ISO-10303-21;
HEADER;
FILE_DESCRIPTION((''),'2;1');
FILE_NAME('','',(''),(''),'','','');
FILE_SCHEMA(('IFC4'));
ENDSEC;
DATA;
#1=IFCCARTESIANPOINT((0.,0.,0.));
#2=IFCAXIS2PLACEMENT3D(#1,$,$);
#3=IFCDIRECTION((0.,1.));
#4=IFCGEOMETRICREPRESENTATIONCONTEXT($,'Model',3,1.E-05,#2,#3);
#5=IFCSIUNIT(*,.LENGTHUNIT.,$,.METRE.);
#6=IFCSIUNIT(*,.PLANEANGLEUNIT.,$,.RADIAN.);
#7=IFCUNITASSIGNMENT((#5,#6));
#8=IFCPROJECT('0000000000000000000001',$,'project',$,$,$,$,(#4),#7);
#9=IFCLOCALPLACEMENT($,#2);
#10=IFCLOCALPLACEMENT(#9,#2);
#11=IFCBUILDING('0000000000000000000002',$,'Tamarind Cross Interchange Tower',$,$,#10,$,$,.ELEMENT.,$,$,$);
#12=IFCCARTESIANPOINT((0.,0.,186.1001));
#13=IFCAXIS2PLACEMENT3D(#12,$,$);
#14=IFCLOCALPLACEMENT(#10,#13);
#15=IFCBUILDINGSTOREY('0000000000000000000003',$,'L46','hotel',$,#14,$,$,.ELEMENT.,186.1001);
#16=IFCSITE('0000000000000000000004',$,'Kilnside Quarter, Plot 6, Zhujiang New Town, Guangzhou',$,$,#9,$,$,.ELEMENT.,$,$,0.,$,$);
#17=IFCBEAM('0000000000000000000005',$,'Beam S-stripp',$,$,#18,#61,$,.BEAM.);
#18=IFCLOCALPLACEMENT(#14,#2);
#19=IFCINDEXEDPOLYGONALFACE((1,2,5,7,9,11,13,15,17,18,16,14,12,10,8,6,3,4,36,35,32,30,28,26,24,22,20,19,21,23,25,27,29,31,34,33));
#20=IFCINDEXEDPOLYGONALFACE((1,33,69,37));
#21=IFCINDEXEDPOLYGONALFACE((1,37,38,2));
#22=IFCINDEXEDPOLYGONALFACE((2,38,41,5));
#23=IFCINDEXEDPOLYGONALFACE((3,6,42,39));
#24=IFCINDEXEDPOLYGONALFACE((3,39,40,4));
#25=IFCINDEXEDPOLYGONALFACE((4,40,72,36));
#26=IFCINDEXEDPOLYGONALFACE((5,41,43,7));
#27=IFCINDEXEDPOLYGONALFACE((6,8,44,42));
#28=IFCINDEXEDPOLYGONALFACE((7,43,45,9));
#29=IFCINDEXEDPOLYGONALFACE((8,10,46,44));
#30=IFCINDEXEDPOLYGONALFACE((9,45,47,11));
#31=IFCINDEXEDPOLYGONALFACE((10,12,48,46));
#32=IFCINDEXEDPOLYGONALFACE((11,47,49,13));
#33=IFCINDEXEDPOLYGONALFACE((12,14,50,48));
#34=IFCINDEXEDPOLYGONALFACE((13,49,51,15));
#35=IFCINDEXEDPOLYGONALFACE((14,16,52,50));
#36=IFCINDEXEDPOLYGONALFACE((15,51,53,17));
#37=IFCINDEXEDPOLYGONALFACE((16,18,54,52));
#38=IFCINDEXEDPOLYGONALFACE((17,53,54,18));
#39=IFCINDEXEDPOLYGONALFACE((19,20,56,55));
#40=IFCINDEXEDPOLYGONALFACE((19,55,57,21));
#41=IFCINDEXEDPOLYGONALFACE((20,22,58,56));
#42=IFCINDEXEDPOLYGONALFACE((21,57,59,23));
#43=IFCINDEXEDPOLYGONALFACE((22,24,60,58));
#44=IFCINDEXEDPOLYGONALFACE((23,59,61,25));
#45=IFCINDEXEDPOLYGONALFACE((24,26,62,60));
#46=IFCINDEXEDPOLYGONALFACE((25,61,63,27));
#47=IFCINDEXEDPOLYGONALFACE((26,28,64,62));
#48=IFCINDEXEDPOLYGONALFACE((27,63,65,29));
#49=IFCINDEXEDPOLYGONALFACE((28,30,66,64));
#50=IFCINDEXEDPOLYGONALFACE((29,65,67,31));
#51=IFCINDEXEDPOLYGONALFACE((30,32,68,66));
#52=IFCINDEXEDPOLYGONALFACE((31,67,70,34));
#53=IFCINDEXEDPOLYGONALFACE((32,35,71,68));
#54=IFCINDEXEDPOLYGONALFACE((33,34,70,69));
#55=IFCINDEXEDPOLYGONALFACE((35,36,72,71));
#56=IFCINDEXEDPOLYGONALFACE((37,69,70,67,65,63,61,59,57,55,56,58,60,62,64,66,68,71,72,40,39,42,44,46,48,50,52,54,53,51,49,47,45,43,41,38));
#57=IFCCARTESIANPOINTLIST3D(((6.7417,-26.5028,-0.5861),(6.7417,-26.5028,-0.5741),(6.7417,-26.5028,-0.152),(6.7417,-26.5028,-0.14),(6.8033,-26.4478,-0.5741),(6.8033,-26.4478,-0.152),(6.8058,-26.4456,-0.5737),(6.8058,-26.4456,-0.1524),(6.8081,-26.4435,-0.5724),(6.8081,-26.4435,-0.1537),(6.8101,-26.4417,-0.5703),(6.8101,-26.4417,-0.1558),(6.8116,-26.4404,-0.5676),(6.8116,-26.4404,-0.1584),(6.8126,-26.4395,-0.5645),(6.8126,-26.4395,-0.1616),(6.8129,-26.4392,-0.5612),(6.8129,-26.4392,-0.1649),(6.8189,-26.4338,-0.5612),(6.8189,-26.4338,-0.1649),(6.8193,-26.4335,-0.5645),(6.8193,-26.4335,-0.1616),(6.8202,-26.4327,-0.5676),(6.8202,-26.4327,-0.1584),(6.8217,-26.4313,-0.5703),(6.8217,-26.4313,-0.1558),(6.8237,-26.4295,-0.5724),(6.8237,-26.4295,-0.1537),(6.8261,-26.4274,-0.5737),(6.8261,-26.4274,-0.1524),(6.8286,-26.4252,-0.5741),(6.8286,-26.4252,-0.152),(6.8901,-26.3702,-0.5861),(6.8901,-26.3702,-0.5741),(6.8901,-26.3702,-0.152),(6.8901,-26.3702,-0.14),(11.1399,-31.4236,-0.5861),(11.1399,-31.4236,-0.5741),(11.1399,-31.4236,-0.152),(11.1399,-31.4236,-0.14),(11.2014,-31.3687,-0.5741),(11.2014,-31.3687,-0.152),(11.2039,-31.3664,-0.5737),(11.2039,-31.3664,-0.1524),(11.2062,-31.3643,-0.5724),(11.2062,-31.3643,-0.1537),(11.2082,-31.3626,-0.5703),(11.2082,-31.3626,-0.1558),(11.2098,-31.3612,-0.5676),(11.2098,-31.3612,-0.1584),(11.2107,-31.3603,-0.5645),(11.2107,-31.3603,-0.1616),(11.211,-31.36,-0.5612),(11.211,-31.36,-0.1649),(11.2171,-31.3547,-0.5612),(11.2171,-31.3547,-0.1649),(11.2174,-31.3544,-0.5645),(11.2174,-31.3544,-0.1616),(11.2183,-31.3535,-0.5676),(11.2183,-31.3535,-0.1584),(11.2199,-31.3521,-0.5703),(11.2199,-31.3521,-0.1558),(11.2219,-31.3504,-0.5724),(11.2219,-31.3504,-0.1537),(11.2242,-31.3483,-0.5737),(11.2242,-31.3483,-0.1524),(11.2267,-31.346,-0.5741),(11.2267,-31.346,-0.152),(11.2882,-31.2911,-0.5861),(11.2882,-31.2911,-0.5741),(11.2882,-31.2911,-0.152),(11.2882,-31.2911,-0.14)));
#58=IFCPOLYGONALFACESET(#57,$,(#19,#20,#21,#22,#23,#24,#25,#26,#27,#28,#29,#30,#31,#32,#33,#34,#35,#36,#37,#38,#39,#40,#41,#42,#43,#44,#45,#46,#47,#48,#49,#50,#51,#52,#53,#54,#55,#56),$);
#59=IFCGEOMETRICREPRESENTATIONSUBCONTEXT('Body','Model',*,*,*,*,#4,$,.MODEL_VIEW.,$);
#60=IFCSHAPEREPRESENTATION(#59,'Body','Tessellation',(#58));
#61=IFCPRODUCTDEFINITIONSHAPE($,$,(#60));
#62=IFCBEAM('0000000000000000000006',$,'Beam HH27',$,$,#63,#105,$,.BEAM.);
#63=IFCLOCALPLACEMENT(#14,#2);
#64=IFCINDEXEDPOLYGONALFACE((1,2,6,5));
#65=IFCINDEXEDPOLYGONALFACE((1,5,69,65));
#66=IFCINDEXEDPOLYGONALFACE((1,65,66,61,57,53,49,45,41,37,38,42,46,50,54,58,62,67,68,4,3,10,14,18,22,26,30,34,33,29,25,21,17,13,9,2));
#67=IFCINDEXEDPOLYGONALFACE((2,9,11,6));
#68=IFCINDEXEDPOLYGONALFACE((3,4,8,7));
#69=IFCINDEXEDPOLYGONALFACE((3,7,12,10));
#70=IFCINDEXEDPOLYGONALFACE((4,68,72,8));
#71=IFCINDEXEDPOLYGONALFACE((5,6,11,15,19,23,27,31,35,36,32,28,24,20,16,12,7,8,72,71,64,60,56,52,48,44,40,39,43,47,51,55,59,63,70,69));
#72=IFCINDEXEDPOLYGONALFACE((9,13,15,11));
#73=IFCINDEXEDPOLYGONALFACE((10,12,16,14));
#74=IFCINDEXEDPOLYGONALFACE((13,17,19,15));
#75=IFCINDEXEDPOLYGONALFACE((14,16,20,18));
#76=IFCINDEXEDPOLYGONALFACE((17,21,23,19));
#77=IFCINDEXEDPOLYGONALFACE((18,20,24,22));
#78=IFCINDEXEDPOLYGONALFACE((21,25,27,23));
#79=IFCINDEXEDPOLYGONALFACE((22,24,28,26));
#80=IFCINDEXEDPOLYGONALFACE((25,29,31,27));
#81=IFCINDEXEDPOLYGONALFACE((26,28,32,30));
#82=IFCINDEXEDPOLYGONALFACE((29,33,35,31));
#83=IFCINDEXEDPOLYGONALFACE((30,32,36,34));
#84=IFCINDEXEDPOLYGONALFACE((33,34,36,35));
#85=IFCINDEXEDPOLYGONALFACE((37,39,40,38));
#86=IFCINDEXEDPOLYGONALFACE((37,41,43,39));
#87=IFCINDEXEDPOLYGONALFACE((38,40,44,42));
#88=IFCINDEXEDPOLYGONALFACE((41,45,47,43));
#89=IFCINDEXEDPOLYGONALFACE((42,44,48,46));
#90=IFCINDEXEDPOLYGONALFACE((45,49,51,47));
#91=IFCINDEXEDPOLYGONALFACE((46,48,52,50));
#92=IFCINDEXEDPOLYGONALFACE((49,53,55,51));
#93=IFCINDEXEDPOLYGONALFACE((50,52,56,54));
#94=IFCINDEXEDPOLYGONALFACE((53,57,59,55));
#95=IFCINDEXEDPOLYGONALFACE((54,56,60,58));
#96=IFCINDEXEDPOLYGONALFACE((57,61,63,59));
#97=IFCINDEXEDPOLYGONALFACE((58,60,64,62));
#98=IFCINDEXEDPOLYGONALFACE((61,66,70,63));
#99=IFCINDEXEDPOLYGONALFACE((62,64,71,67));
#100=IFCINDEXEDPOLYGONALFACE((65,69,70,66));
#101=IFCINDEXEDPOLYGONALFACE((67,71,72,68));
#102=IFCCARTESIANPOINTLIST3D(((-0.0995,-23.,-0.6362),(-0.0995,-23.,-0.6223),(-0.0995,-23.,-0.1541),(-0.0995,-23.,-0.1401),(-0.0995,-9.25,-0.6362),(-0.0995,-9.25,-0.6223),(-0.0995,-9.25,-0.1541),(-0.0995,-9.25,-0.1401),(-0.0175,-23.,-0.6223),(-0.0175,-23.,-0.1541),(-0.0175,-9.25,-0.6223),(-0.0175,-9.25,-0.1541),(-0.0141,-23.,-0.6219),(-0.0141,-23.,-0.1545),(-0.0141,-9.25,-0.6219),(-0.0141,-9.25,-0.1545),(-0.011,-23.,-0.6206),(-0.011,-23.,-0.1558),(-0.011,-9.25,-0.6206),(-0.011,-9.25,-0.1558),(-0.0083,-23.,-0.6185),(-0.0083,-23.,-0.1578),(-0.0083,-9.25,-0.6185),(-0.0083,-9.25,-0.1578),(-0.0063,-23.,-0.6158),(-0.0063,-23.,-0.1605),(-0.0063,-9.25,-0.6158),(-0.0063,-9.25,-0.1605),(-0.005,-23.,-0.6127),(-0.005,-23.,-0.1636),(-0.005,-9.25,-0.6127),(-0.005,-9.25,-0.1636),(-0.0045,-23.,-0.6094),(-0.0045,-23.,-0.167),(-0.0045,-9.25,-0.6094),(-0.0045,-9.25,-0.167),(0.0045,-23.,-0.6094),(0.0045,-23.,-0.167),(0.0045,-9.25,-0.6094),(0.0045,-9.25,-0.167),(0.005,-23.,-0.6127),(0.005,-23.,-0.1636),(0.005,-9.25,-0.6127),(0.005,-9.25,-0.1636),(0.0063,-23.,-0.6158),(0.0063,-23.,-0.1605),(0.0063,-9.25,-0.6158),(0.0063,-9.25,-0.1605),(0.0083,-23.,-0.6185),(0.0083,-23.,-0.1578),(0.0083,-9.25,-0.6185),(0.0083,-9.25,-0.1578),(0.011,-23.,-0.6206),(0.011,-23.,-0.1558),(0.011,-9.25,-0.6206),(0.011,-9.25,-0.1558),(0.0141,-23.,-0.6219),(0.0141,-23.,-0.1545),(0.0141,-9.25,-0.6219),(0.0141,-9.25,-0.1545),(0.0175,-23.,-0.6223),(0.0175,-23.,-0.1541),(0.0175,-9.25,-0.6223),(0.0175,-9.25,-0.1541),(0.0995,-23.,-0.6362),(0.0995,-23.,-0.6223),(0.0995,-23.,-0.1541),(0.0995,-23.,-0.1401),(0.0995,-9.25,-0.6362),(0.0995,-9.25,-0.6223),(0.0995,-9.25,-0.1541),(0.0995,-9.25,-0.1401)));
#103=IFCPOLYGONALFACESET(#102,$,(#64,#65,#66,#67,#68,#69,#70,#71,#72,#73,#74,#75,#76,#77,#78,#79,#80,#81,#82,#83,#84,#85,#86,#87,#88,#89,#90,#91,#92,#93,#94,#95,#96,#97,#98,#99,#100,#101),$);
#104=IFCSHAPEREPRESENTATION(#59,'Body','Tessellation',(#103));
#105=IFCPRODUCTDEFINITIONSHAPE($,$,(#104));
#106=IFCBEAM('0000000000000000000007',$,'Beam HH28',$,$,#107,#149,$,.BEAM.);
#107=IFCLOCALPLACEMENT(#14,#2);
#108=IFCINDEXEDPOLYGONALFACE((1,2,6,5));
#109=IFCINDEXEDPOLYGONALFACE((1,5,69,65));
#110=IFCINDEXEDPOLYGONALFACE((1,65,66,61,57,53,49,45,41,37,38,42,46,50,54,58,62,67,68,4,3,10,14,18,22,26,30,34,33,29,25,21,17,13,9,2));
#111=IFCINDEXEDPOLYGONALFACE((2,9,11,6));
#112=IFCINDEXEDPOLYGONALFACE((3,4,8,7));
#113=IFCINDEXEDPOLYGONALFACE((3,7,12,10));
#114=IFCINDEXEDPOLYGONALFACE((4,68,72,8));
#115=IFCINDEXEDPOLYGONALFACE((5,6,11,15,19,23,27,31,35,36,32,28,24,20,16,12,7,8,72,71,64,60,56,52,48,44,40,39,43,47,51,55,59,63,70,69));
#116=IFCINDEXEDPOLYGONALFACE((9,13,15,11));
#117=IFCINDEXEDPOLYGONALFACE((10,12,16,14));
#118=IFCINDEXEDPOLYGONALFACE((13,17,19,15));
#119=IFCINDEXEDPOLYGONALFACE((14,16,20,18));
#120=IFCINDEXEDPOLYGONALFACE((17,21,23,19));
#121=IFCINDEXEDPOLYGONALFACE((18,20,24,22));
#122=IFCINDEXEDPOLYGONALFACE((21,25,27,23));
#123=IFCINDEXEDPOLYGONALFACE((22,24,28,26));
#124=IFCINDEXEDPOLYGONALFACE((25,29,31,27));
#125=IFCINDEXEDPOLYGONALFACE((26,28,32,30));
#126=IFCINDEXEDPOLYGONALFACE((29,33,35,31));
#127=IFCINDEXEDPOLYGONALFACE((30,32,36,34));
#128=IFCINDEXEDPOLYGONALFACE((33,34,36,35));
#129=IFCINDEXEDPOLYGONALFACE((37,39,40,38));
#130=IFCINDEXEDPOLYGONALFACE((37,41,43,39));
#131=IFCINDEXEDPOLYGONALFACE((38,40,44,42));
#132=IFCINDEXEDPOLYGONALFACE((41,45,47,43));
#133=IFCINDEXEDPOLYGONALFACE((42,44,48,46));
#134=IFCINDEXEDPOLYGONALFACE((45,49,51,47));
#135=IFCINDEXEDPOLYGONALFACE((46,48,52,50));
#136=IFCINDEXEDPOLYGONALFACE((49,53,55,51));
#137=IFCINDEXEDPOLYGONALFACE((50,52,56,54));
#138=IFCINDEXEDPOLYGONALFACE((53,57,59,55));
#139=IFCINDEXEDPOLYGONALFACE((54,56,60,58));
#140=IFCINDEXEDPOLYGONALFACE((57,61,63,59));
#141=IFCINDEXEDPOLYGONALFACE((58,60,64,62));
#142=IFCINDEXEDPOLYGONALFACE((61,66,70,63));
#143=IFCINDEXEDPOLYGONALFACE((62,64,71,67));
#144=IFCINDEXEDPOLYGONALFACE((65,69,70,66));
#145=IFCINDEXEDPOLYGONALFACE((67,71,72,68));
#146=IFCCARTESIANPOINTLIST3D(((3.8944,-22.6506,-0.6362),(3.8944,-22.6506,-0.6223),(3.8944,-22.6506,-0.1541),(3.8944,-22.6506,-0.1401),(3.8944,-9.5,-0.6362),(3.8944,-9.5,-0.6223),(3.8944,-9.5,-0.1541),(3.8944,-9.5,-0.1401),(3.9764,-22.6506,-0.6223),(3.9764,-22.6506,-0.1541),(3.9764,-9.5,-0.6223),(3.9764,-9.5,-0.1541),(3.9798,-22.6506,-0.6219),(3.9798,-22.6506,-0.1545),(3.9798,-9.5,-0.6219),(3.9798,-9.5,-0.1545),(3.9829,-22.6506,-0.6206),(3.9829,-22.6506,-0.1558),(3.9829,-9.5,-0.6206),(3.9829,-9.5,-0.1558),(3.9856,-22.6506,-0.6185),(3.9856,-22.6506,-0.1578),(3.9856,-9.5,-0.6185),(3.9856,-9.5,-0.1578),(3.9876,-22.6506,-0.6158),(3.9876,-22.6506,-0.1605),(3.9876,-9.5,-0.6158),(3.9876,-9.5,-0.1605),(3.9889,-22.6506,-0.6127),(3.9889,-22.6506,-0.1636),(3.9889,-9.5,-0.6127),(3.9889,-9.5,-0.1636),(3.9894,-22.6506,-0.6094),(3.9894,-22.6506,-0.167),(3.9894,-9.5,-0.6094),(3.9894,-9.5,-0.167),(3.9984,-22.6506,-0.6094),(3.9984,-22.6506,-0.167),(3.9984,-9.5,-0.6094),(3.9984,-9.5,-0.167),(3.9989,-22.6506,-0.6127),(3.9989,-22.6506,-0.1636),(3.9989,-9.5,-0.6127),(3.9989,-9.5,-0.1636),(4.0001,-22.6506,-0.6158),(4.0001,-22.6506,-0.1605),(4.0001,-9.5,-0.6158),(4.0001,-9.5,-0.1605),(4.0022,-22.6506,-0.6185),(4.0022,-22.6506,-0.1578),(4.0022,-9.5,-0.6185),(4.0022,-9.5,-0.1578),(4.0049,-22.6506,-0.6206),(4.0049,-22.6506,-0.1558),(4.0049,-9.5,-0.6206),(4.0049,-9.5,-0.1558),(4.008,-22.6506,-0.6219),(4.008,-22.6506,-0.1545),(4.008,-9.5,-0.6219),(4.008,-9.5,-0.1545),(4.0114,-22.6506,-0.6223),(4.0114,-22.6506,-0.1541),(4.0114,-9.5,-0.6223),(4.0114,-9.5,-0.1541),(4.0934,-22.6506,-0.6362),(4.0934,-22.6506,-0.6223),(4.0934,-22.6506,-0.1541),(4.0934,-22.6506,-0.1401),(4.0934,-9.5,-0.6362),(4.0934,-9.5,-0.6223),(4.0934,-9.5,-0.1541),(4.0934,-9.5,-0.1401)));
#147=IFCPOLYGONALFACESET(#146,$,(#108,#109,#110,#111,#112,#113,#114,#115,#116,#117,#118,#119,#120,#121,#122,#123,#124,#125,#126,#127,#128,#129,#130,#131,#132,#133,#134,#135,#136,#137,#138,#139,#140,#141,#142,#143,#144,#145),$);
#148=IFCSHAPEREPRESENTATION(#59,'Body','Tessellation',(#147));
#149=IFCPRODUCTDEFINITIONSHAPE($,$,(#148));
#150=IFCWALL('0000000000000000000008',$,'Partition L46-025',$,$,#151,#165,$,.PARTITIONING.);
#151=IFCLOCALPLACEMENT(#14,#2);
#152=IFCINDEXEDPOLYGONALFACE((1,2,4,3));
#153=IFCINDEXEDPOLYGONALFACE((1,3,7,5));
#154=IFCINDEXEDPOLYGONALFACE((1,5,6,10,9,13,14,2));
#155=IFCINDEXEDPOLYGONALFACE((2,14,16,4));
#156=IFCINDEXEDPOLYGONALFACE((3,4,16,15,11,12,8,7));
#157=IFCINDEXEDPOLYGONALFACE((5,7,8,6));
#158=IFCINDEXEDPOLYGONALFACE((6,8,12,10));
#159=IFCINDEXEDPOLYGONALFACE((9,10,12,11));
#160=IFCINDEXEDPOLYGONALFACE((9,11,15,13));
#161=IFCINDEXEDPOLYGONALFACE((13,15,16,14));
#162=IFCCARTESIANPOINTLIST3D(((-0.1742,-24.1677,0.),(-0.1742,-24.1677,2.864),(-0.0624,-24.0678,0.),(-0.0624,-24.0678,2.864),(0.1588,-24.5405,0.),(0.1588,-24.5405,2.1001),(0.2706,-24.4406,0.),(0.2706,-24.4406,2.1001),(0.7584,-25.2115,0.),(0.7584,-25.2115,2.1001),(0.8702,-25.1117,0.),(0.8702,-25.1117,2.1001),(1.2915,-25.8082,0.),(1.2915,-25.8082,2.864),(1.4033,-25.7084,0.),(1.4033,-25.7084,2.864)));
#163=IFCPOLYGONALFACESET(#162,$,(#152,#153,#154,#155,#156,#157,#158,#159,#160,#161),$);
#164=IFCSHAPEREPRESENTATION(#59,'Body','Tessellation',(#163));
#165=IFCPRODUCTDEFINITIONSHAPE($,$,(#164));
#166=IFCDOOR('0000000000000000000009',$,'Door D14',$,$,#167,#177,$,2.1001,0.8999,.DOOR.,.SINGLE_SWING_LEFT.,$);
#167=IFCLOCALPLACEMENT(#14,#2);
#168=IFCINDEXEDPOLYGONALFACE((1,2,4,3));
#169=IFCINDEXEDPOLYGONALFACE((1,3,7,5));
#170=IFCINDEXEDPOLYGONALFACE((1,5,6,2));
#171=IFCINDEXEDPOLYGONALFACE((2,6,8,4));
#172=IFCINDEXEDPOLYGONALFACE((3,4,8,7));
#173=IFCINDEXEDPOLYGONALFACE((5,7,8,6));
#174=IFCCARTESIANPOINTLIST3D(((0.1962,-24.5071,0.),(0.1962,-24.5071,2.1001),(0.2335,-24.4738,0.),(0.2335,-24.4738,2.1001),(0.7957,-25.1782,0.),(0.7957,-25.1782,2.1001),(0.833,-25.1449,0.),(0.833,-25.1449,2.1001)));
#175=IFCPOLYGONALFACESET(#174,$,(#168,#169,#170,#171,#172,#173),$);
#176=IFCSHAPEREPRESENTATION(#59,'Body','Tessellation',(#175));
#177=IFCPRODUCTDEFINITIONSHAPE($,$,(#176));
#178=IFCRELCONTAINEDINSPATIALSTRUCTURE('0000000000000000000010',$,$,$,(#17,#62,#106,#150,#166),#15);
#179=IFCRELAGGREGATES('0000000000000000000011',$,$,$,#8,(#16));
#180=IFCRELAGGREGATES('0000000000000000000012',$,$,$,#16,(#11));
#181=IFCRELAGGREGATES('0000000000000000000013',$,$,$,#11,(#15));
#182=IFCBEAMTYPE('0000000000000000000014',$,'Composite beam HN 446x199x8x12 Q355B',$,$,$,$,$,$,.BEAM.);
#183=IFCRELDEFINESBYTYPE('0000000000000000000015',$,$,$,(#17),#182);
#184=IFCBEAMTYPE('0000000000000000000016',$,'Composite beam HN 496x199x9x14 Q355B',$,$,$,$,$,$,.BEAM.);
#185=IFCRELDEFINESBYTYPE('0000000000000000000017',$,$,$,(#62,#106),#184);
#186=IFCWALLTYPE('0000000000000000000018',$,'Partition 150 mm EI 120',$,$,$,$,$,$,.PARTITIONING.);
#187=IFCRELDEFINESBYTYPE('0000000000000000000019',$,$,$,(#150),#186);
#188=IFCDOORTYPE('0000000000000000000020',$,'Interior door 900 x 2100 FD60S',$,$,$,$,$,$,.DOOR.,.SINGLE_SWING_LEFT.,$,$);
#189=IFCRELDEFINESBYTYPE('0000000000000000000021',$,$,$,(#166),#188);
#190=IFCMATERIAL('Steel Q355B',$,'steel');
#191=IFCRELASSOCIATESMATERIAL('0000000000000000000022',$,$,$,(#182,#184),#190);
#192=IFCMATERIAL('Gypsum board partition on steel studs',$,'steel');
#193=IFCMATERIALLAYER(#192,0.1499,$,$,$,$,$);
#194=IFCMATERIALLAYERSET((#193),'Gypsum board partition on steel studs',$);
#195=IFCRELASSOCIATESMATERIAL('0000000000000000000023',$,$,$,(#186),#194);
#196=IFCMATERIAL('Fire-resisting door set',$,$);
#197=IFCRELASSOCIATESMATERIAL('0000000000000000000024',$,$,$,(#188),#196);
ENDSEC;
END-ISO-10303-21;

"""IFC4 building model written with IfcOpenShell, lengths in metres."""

from ifc_helpers import new_model, si_unit, direction, frame, frame_2d, origin, origin_2d, place, context, subcontext, project, spatial, rectangle, i_section, extrude, material, layer, layer_set, material_profile, profile_set, type_object, element, fill, save


model = new_model("IFC4")

# Units and contexts
model_context = context("Model", 3, precision=1e-05, world=origin(), true_north=direction((0.0, 1.0)))
body_context = subcontext(model_context, "Body", "Model", "MODEL_VIEW")
ifc_project = project(units=[si_unit("LENGTHUNIT", "METRE"), si_unit("PLANEANGLEUNIT", "RADIAN")], contexts=[model_context])

# Site, building, storey
site_placement = place(None, origin())
site = spatial("IfcSite", under=ifc_project, at=site_placement, Name="Kilnside Quarter, Plot 6, Zhujiang New Town, Guangzhou", CompositionType="ELEMENT", RefElevation=0.0)
building_placement = place(site_placement, origin())
building = spatial("IfcBuilding", under=site, at=building_placement, Name="Tamarind Cross Interchange Tower", CompositionType="ELEMENT")
storey_placement = place(building_placement, frame((0.0, 0.0, 186.1001)))
storey = spatial("IfcBuildingStorey", under=building, at=storey_placement, Name="L46", Description="hotel", CompositionType="ELEMENT", Elevation=186.1001)

# Beams
ifc_material_1 = material(Name="Steel Q355B", Category="steel")
ifc_material_profile_1 = material_profile(ifc_material_1, i_section(OverallWidth=0.199, OverallDepth=0.446, WebThickness=0.0081, FlangeThickness=0.012, FilletRadius=0.0129, at=origin_2d()), Name="HN 446x199x8x12")
ifc_profile_set_1 = profile_set([ifc_material_profile_1], Name="Steel Q355B")
beam_type_1 = type_object("IfcBeamType", Name="Composite beam HN 446x199x8x12 Q355B", PredefinedType="BEAM", material=ifc_profile_set_1)
for number, where, z_axis, x_axis, name in (
    (1, (6.8159, -26.4365, -0.363), (0.666398, -0.745596, 0.0), (0.745596, 0.666398, 0.0), "Beam S-stripp"),
):
    element("IfcBeam", number, at=place(storey_placement, frame(where, z_axis=z_axis, x_axis=x_axis)), inside=storey, type_object=beam_type_1, Name=name, PredefinedType="BEAM", context=body_context, shape_type="SweptSolid", body=[
        extrude(i_section(OverallWidth=0.199, OverallDepth=0.446, WebThickness=0.0081, FlangeThickness=0.012, FilletRadius=0.0129, at=origin_2d()), origin(), (0.0, 0.0, 1.0), 6.5999),
    ])
ifc_material_profile_2 = material_profile(ifc_material_1, i_section(OverallWidth=0.199, OverallDepth=0.4961, WebThickness=0.009, FlangeThickness=0.0139, FilletRadius=0.0129, at=origin_2d()), Name="HN 496x199x9x14")
ifc_profile_set_2 = profile_set([ifc_material_profile_2], Name="Steel Q355B")
beam_type_2 = type_object("IfcBeamType", Name="Composite beam HN 496x199x9x14 Q355B", PredefinedType="BEAM", material=ifc_profile_set_2)
beam_1_placement = place(storey_placement, frame((0.0, -23.0, -0.3882), z_axis=(0.0, 1.0, 0.0), x_axis=(-1.0, 0.0, 0.0)))
element("IfcBeam", 2, at=beam_1_placement, inside=storey, type_object=beam_type_2, Name="Beam HH27", PredefinedType="BEAM", context=body_context, shape_type="SweptSolid", body=[
    extrude(i_section(OverallWidth=0.199, OverallDepth=0.4961, WebThickness=0.009, FlangeThickness=0.0139, FilletRadius=0.0129, at=origin_2d()), origin(), (0.0, 0.0, 1.0), 13.75),
])
beam_2_placement = place(storey_placement, frame((3.9939, -22.6506, -0.3882), z_axis=(0.0, 1.0, 0.0), x_axis=(-1.0, 0.0, 0.0)))
element("IfcBeam", 3, at=beam_2_placement, inside=storey, type_object=beam_type_2, Name="Beam HH28", PredefinedType="BEAM", context=body_context, shape_type="SweptSolid", body=[
    extrude(i_section(OverallWidth=0.199, OverallDepth=0.4961, WebThickness=0.009, FlangeThickness=0.0139, FilletRadius=0.0129, at=origin_2d()), origin(), (0.0, 0.0, 1.0), 13.1506),
])

# Wall, opening, door
ifc_material_2 = material(Name="Gypsum board partition on steel studs", Category="steel")
ifc_layer_1 = layer(ifc_material_2, 0.1499)
ifc_layer_set_1 = layer_set([ifc_layer_1], Name="Gypsum board partition on steel studs")
wall_type_1 = type_object("IfcWallType", Name="Partition 150 mm EI 120", PredefinedType="PARTITIONING", material=ifc_layer_set_1)
wall_1_placement = place(storey_placement, frame((-0.1184, -24.1177, 0.0), z_axis=(0.0, 0.0, 1.0), x_axis=(0.666263, -0.745717, 0.0)))
wall_1 = element("IfcWall", 4, at=wall_1_placement, inside=storey, type_object=wall_type_1, Name="Partition L46-025", PredefinedType="PARTITIONING", context=body_context, shape_type="SweptSolid", body=[
    extrude(rectangle(XDim=2.2, YDim=0.1499, at=frame_2d((1.1001, 0.0))), origin(), (0.0, 0.0, 1.0), 2.864),
])
opening_1_placement = place(wall_1_placement, frame((0.5, 0.0, 0.0)))
opening_1 = element("IfcOpeningElement", 5, at=opening_1_placement, cuts=wall_1, PredefinedType="OPENING", context=body_context, shape_type="SweptSolid", body=[
    extrude(rectangle(XDim=0.8999, YDim=2.1001, at=frame_2d((0.45, 1.05))), frame((0.0, 0.085, 0.0), z_axis=(0.0, -1.0, 0.0), x_axis=(1.0, 0.0, 0.0)), (0.0, 0.0, 1.0), 0.1699),
])
ifc_material_3 = material(Name="Fire-resisting door set")
door_type_1 = type_object("IfcDoorType", Name="Interior door 900 x 2100 FD60S", OperationType="SINGLE_SWING_LEFT", PredefinedType="DOOR", material=ifc_material_3)
door_1_placement = place(opening_1_placement, frame((0.8999, 0.0, 0.0), z_axis=(0.0, 0.0, 1.0), x_axis=(-1.0, 0.0, 0.0)))
door_1 = element("IfcDoor", 6, at=door_1_placement, inside=storey, type_object=door_type_1, Name="Door D14", OperationType="SINGLE_SWING_LEFT", OverallHeight=2.1001, OverallWidth=0.8999, PredefinedType="DOOR", context=body_context, shape_type="SweptSolid", body=[
    extrude(rectangle(XDim=0.8999, YDim=2.1001, at=frame_2d((0.45, 1.05))), frame((0.0, 0.0249, 0.0), z_axis=(0.0, -1.0, 0.0), x_axis=(1.0, 0.0, 0.0)), (0.0, 0.0, 1.0), 0.05),
])
fill(opening_1, door_1)

save(model, "model.ifc")
